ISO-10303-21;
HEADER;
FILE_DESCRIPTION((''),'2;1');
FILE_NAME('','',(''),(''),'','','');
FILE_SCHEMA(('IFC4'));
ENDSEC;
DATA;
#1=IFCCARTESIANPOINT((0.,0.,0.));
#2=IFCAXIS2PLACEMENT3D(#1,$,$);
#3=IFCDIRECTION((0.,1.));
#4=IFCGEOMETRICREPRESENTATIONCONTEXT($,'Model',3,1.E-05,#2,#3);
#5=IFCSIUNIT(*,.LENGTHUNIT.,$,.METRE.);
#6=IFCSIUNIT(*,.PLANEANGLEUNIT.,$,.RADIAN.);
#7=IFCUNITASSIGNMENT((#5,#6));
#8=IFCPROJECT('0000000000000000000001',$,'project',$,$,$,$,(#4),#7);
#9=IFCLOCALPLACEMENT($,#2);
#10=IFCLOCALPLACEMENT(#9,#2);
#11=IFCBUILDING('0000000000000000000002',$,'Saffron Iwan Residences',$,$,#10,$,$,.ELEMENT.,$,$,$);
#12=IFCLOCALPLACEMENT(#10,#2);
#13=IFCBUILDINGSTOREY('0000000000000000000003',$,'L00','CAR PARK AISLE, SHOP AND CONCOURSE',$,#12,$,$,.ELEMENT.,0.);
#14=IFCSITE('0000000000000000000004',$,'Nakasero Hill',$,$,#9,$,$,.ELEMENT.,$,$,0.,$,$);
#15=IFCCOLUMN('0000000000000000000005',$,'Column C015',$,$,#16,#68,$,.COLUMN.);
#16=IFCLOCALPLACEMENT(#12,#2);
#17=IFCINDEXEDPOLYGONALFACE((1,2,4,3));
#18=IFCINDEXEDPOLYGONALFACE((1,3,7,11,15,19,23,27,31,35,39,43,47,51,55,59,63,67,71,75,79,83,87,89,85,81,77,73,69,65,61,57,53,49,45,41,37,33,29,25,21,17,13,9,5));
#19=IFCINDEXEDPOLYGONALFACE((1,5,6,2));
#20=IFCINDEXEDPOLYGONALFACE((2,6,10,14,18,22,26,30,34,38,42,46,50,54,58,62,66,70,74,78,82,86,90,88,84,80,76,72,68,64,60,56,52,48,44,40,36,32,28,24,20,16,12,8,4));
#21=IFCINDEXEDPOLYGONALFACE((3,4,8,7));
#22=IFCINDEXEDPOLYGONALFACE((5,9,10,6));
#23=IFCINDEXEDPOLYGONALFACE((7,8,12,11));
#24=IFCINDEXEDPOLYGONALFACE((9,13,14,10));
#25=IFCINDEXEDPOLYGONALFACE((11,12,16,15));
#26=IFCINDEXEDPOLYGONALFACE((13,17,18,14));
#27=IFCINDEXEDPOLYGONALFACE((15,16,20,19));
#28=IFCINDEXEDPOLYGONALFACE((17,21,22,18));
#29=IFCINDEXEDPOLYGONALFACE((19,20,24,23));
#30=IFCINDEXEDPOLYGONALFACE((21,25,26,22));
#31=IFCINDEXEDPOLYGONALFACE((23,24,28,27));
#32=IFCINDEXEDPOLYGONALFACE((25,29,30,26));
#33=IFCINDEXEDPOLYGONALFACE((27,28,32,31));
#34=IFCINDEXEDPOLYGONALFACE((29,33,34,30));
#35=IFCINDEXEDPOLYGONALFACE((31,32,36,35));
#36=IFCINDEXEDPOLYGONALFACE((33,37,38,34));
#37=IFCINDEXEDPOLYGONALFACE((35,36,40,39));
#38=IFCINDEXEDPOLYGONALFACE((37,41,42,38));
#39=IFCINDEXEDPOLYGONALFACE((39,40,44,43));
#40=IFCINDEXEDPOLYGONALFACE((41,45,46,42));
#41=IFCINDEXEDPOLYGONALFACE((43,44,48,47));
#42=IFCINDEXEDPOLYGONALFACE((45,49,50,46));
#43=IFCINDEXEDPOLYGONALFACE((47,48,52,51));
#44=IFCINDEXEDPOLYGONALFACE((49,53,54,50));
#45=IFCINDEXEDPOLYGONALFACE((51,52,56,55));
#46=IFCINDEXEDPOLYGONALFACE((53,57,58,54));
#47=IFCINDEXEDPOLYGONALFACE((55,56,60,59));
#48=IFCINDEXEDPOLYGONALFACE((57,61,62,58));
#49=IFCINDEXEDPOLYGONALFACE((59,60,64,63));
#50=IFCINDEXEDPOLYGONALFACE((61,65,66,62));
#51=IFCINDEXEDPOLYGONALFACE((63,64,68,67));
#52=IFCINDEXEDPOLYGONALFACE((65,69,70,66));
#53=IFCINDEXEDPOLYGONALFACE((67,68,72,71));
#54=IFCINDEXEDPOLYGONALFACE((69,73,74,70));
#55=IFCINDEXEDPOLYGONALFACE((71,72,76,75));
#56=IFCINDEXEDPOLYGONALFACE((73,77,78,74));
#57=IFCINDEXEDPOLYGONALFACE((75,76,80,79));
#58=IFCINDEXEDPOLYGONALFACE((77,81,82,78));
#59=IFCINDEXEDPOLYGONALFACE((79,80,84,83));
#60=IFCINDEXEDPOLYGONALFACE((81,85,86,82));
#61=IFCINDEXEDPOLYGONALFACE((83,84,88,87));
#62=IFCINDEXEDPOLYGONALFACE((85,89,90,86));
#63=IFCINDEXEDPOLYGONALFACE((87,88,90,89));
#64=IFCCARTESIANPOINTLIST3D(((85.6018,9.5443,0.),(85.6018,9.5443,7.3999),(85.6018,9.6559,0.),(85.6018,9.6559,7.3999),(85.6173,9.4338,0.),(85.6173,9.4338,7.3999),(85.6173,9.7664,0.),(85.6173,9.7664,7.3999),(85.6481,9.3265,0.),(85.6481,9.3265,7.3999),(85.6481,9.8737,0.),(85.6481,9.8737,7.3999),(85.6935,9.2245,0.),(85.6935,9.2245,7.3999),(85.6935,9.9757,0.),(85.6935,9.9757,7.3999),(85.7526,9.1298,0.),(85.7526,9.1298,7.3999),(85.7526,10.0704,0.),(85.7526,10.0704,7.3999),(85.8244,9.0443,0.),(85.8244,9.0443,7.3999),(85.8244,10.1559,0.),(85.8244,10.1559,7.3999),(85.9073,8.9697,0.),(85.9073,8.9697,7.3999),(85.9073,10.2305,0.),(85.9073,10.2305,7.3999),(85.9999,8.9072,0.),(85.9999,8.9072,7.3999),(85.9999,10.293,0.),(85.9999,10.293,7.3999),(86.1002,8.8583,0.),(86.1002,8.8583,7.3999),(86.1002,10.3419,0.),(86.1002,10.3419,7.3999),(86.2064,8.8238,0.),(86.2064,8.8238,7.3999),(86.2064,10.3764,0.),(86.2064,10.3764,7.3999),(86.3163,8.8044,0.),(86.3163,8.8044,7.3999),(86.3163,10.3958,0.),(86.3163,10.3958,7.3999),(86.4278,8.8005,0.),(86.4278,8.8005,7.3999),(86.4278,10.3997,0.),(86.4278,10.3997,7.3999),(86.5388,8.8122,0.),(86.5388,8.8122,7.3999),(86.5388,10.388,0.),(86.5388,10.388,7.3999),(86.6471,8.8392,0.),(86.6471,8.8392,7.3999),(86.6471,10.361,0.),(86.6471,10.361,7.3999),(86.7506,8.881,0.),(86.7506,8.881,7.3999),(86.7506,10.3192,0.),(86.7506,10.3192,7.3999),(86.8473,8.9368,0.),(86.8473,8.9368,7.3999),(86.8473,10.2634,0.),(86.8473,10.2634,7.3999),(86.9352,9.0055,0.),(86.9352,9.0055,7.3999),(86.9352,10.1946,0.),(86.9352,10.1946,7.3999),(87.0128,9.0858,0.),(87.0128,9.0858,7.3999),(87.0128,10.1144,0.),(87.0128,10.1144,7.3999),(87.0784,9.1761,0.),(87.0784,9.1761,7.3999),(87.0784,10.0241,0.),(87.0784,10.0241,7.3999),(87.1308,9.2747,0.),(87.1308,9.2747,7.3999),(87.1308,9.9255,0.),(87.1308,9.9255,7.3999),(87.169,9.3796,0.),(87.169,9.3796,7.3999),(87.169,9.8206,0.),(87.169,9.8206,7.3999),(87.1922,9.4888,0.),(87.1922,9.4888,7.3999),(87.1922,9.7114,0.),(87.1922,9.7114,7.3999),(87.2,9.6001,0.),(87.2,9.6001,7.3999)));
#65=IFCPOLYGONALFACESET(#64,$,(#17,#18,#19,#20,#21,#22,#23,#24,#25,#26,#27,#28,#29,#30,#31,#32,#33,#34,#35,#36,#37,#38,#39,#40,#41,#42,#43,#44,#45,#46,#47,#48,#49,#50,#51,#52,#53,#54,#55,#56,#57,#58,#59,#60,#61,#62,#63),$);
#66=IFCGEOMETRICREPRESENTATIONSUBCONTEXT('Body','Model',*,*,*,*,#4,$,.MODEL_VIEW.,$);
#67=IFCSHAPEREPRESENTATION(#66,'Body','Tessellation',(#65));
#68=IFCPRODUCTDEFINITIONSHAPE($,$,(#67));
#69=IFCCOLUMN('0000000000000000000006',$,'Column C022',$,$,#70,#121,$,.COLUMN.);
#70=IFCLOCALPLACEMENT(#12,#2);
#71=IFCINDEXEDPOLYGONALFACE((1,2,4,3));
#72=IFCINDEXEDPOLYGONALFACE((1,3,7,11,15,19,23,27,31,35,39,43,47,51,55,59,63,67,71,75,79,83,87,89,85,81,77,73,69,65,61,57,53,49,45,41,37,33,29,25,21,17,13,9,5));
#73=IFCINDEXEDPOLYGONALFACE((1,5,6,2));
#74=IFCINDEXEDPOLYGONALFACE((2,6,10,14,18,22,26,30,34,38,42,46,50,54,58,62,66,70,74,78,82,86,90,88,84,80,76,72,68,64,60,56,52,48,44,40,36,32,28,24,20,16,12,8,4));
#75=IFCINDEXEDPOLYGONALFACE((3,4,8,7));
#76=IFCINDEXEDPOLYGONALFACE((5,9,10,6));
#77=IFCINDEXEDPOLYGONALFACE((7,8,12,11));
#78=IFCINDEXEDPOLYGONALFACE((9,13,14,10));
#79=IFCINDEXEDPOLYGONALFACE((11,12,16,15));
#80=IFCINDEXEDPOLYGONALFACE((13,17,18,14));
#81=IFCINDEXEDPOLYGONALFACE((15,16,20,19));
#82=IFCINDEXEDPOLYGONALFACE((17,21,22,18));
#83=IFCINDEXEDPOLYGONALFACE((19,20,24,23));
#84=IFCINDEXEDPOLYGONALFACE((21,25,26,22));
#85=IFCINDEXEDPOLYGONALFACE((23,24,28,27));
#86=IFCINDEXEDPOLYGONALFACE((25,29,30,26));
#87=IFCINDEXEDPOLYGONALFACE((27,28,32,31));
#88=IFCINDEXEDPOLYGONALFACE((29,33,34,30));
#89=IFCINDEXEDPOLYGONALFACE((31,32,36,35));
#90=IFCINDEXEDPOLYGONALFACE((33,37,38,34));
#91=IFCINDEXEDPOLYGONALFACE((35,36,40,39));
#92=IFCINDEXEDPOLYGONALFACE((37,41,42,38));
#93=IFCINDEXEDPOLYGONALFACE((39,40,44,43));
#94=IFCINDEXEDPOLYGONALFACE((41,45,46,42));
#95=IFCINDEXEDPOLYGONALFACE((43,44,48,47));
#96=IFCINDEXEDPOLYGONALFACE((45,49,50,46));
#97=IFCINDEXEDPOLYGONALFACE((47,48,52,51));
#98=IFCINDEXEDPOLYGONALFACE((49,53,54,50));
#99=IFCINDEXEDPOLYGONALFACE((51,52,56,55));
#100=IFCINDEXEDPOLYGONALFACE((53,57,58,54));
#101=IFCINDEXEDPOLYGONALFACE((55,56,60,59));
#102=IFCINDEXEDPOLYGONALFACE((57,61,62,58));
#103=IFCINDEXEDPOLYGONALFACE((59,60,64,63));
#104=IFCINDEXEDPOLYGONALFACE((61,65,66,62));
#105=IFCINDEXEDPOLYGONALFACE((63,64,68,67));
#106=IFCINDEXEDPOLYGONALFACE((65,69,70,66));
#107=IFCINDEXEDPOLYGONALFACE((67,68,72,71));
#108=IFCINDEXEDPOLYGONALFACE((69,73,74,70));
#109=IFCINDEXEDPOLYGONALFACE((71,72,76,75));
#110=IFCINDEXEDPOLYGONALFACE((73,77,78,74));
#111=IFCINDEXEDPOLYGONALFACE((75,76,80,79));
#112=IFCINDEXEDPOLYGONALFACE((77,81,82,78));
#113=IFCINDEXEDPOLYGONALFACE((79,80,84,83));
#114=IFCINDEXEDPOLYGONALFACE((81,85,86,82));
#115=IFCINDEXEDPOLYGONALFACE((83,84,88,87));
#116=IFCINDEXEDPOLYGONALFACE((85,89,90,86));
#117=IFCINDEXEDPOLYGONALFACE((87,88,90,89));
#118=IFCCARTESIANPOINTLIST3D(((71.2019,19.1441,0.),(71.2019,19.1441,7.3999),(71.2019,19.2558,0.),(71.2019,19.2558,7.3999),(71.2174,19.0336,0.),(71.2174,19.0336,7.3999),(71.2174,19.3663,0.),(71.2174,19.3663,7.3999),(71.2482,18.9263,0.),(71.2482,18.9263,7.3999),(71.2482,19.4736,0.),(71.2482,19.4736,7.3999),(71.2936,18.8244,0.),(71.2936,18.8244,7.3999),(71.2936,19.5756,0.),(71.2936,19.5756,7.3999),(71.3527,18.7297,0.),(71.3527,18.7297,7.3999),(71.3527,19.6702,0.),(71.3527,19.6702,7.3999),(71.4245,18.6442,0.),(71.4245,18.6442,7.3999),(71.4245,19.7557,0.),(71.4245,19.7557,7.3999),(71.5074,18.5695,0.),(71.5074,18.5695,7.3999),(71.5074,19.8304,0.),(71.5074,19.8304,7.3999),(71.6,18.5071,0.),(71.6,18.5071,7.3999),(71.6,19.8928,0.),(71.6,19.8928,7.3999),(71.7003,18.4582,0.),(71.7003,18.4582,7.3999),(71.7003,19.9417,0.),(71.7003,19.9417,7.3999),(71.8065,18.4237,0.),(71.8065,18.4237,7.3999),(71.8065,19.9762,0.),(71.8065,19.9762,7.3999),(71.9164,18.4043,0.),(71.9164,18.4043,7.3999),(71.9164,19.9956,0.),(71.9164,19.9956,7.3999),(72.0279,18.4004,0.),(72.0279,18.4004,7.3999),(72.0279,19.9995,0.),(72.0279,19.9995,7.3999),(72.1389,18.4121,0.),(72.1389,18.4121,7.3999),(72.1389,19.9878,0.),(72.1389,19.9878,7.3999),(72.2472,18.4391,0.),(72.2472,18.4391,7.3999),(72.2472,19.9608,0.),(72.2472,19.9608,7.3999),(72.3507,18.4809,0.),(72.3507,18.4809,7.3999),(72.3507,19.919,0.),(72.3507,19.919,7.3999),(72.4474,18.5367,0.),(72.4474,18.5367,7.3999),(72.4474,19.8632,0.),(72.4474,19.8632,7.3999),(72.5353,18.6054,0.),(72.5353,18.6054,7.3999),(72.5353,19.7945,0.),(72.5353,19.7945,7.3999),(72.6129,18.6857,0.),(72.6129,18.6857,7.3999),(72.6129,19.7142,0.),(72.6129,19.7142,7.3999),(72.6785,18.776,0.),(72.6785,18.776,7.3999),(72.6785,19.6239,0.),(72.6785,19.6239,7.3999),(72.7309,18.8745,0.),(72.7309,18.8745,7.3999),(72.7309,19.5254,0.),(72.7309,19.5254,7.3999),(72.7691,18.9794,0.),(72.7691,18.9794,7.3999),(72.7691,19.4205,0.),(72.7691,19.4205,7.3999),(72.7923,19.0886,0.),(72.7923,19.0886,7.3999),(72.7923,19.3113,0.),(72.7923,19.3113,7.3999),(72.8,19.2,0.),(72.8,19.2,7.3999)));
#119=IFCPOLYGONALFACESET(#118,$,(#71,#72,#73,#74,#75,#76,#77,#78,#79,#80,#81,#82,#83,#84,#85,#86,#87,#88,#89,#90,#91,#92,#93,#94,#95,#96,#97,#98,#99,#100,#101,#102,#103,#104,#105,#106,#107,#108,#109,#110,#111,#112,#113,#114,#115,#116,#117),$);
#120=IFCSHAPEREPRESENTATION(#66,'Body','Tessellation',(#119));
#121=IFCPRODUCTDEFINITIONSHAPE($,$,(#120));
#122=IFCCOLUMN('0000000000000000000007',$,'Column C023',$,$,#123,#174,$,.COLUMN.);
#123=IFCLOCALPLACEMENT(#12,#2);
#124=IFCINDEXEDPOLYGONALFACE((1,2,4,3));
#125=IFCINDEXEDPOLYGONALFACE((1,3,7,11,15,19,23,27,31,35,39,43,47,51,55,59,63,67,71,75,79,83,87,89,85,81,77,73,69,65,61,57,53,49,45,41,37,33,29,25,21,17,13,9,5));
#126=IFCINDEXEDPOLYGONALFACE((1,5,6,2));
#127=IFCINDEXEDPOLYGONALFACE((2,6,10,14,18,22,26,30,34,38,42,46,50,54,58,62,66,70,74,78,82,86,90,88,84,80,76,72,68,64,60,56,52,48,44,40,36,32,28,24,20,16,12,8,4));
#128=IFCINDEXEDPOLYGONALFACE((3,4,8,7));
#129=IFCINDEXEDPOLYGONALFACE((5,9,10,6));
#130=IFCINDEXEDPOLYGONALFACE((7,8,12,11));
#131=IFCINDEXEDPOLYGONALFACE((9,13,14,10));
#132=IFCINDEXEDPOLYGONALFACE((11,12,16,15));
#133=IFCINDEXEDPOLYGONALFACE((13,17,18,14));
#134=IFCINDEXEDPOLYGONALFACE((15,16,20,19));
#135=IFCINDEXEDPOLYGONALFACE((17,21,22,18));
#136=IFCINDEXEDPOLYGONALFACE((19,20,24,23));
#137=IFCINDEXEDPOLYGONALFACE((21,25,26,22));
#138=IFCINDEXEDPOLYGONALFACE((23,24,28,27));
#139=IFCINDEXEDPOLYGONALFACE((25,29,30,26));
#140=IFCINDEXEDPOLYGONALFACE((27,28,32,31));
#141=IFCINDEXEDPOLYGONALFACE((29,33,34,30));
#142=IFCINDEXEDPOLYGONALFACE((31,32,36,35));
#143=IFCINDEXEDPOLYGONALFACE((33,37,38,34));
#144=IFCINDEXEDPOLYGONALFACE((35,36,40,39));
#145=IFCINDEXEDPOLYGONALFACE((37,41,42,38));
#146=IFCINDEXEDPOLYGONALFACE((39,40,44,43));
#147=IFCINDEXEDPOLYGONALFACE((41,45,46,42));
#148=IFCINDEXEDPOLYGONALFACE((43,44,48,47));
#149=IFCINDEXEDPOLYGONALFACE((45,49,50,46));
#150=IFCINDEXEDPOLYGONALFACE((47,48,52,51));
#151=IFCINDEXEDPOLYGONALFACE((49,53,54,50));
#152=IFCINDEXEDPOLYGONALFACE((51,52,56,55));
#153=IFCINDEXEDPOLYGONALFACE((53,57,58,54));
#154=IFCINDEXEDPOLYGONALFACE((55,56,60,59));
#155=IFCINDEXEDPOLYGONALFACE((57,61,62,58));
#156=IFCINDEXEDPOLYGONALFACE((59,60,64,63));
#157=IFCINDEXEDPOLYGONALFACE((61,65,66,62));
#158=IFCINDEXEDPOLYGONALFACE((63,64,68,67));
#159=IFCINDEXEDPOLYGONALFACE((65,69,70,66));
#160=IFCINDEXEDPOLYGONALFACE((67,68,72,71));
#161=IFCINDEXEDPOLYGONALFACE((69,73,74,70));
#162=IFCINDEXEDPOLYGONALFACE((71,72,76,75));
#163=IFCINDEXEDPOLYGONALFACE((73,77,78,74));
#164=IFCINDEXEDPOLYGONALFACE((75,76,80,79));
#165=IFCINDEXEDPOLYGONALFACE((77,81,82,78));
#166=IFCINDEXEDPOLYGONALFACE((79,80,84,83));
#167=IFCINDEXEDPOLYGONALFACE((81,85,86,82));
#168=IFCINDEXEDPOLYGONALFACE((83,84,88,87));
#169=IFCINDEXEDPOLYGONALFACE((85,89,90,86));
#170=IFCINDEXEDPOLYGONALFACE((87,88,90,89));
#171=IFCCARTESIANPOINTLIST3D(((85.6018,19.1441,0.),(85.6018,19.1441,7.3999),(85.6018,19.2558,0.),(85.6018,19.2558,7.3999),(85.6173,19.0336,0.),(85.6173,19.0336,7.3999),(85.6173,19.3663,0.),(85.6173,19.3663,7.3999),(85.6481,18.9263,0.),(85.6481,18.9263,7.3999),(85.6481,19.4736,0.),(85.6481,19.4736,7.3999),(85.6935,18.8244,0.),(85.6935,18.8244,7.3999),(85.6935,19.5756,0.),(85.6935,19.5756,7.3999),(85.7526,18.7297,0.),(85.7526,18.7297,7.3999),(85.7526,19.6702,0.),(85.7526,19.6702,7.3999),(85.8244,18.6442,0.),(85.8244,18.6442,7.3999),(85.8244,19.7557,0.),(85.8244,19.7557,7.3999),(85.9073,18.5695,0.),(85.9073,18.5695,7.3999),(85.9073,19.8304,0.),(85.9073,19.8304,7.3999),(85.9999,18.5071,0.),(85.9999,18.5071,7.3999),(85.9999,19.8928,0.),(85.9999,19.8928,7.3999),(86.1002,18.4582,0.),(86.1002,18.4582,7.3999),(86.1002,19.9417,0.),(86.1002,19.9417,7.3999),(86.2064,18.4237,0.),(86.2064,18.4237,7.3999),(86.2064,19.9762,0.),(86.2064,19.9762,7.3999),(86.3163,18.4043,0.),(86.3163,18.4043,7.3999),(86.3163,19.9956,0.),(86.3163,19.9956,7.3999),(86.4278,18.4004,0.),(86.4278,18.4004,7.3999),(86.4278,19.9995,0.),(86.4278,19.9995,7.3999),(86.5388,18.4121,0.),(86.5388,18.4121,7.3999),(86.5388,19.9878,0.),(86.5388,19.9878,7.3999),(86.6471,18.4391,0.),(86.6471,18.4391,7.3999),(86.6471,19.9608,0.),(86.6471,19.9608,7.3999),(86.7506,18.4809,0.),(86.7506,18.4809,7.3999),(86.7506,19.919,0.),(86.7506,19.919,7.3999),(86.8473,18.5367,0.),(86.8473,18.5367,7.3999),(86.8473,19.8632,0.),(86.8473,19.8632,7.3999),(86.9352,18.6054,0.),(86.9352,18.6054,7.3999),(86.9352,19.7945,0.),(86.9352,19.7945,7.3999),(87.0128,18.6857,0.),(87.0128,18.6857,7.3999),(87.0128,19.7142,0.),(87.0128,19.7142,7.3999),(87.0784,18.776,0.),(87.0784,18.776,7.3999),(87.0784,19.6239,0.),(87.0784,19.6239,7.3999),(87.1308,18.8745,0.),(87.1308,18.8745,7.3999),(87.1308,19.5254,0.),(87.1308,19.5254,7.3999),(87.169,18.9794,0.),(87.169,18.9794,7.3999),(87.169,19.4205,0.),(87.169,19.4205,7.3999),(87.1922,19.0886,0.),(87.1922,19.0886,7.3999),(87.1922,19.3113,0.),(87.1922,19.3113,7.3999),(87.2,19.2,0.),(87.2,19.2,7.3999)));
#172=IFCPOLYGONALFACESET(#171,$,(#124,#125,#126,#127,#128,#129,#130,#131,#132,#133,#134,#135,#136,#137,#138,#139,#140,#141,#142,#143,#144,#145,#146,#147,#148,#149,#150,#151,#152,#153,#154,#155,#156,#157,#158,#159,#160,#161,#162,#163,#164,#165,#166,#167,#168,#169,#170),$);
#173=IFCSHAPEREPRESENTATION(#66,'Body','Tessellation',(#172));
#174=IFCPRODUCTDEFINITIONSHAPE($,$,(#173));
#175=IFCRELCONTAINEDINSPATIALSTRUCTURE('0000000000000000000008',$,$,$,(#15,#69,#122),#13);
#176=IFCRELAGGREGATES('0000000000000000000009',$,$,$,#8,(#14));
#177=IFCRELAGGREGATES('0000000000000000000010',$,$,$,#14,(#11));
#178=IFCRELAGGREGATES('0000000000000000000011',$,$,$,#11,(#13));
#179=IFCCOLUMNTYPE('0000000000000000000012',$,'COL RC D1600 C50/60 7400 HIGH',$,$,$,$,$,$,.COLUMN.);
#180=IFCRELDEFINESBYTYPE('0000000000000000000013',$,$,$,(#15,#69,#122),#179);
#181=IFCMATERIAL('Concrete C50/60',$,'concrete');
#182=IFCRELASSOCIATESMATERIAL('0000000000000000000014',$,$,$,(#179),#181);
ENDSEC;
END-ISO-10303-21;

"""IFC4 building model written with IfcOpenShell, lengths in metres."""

from ifc_helpers import new_model, si_unit, direction, frame, origin, origin_2d, place, context, subcontext, project, spatial, circle, extrude, source, transform, mapped, material, material_profile, profile_set, type_object, element, save


model = new_model("IFC4")

# Units and contexts
model_context = context("Model", 3, precision=1e-05, world=origin(), true_north=direction((0.0, 1.0)))
body_context = subcontext(model_context, "Body", "Model", "MODEL_VIEW")
ifc_project = project(units=[si_unit("LENGTHUNIT", "METRE"), si_unit("PLANEANGLEUNIT", "RADIAN")], contexts=[model_context])

# Site, building, storey
site_placement = place(None, origin())
site = spatial("IfcSite", under=ifc_project, at=site_placement, Name="Nakasero Hill", CompositionType="ELEMENT", RefElevation=0.0)
building_placement = place(site_placement, origin())
building = spatial("IfcBuilding", under=site, at=building_placement, Name="Saffron Iwan Residences", CompositionType="ELEMENT")
storey_placement = place(building_placement, origin())
storey = spatial("IfcBuildingStorey", under=building, at=storey_placement, Name="L00", Description="CAR PARK AISLE, SHOP AND CONCOURSE", CompositionType="ELEMENT", Elevation=0.0)

# Columns
ifc_material_1 = material(Name="Concrete C50/60", Category="concrete")
ifc_material_profile_1 = material_profile(ifc_material_1, circle(Radius=0.8, at=origin_2d()), Name="RC D1600")
ifc_profile_set_1 = profile_set([ifc_material_profile_1], Name="Concrete C50/60")
column_type = type_object("IfcColumnType", Name="COL RC D1600 C50/60 7400 HIGH", PredefinedType="COLUMN", material=ifc_profile_set_1)
shared_shape_1 = source(origin(), body_context, "Body", "SweptSolid", [
    extrude(circle(Radius=0.8, at=origin_2d()), origin(), (0.0, 0.0, 1.0), 7.3999),
])
for number, where, z_axis, x_axis, name in (
    (1, (86.3999, 9.6001, 0.0), (0.0, 0.0, 1.0), (1.0, 0.0, 0.0), "Column C015"),
    (2, (72.0, 19.2, 0.0), (0.0, 0.0, 1.0), (1.0, 0.0, 0.0), "Column C022"),
    (3, (86.3999, 19.2, 0.0), (0.0, 0.0, 1.0), (1.0, 0.0, 0.0), "Column C023"),
):
    element("IfcColumn", number, at=place(storey_placement, frame(where, z_axis=z_axis, x_axis=x_axis)), inside=storey, type_object=column_type, Name=name, PredefinedType="COLUMN", context=body_context, shape_type="MappedRepresentation", body=[
        mapped(shared_shape_1, transform((0.0, 0.0, 0.0))),
    ])

save(model, "model.ifc")
